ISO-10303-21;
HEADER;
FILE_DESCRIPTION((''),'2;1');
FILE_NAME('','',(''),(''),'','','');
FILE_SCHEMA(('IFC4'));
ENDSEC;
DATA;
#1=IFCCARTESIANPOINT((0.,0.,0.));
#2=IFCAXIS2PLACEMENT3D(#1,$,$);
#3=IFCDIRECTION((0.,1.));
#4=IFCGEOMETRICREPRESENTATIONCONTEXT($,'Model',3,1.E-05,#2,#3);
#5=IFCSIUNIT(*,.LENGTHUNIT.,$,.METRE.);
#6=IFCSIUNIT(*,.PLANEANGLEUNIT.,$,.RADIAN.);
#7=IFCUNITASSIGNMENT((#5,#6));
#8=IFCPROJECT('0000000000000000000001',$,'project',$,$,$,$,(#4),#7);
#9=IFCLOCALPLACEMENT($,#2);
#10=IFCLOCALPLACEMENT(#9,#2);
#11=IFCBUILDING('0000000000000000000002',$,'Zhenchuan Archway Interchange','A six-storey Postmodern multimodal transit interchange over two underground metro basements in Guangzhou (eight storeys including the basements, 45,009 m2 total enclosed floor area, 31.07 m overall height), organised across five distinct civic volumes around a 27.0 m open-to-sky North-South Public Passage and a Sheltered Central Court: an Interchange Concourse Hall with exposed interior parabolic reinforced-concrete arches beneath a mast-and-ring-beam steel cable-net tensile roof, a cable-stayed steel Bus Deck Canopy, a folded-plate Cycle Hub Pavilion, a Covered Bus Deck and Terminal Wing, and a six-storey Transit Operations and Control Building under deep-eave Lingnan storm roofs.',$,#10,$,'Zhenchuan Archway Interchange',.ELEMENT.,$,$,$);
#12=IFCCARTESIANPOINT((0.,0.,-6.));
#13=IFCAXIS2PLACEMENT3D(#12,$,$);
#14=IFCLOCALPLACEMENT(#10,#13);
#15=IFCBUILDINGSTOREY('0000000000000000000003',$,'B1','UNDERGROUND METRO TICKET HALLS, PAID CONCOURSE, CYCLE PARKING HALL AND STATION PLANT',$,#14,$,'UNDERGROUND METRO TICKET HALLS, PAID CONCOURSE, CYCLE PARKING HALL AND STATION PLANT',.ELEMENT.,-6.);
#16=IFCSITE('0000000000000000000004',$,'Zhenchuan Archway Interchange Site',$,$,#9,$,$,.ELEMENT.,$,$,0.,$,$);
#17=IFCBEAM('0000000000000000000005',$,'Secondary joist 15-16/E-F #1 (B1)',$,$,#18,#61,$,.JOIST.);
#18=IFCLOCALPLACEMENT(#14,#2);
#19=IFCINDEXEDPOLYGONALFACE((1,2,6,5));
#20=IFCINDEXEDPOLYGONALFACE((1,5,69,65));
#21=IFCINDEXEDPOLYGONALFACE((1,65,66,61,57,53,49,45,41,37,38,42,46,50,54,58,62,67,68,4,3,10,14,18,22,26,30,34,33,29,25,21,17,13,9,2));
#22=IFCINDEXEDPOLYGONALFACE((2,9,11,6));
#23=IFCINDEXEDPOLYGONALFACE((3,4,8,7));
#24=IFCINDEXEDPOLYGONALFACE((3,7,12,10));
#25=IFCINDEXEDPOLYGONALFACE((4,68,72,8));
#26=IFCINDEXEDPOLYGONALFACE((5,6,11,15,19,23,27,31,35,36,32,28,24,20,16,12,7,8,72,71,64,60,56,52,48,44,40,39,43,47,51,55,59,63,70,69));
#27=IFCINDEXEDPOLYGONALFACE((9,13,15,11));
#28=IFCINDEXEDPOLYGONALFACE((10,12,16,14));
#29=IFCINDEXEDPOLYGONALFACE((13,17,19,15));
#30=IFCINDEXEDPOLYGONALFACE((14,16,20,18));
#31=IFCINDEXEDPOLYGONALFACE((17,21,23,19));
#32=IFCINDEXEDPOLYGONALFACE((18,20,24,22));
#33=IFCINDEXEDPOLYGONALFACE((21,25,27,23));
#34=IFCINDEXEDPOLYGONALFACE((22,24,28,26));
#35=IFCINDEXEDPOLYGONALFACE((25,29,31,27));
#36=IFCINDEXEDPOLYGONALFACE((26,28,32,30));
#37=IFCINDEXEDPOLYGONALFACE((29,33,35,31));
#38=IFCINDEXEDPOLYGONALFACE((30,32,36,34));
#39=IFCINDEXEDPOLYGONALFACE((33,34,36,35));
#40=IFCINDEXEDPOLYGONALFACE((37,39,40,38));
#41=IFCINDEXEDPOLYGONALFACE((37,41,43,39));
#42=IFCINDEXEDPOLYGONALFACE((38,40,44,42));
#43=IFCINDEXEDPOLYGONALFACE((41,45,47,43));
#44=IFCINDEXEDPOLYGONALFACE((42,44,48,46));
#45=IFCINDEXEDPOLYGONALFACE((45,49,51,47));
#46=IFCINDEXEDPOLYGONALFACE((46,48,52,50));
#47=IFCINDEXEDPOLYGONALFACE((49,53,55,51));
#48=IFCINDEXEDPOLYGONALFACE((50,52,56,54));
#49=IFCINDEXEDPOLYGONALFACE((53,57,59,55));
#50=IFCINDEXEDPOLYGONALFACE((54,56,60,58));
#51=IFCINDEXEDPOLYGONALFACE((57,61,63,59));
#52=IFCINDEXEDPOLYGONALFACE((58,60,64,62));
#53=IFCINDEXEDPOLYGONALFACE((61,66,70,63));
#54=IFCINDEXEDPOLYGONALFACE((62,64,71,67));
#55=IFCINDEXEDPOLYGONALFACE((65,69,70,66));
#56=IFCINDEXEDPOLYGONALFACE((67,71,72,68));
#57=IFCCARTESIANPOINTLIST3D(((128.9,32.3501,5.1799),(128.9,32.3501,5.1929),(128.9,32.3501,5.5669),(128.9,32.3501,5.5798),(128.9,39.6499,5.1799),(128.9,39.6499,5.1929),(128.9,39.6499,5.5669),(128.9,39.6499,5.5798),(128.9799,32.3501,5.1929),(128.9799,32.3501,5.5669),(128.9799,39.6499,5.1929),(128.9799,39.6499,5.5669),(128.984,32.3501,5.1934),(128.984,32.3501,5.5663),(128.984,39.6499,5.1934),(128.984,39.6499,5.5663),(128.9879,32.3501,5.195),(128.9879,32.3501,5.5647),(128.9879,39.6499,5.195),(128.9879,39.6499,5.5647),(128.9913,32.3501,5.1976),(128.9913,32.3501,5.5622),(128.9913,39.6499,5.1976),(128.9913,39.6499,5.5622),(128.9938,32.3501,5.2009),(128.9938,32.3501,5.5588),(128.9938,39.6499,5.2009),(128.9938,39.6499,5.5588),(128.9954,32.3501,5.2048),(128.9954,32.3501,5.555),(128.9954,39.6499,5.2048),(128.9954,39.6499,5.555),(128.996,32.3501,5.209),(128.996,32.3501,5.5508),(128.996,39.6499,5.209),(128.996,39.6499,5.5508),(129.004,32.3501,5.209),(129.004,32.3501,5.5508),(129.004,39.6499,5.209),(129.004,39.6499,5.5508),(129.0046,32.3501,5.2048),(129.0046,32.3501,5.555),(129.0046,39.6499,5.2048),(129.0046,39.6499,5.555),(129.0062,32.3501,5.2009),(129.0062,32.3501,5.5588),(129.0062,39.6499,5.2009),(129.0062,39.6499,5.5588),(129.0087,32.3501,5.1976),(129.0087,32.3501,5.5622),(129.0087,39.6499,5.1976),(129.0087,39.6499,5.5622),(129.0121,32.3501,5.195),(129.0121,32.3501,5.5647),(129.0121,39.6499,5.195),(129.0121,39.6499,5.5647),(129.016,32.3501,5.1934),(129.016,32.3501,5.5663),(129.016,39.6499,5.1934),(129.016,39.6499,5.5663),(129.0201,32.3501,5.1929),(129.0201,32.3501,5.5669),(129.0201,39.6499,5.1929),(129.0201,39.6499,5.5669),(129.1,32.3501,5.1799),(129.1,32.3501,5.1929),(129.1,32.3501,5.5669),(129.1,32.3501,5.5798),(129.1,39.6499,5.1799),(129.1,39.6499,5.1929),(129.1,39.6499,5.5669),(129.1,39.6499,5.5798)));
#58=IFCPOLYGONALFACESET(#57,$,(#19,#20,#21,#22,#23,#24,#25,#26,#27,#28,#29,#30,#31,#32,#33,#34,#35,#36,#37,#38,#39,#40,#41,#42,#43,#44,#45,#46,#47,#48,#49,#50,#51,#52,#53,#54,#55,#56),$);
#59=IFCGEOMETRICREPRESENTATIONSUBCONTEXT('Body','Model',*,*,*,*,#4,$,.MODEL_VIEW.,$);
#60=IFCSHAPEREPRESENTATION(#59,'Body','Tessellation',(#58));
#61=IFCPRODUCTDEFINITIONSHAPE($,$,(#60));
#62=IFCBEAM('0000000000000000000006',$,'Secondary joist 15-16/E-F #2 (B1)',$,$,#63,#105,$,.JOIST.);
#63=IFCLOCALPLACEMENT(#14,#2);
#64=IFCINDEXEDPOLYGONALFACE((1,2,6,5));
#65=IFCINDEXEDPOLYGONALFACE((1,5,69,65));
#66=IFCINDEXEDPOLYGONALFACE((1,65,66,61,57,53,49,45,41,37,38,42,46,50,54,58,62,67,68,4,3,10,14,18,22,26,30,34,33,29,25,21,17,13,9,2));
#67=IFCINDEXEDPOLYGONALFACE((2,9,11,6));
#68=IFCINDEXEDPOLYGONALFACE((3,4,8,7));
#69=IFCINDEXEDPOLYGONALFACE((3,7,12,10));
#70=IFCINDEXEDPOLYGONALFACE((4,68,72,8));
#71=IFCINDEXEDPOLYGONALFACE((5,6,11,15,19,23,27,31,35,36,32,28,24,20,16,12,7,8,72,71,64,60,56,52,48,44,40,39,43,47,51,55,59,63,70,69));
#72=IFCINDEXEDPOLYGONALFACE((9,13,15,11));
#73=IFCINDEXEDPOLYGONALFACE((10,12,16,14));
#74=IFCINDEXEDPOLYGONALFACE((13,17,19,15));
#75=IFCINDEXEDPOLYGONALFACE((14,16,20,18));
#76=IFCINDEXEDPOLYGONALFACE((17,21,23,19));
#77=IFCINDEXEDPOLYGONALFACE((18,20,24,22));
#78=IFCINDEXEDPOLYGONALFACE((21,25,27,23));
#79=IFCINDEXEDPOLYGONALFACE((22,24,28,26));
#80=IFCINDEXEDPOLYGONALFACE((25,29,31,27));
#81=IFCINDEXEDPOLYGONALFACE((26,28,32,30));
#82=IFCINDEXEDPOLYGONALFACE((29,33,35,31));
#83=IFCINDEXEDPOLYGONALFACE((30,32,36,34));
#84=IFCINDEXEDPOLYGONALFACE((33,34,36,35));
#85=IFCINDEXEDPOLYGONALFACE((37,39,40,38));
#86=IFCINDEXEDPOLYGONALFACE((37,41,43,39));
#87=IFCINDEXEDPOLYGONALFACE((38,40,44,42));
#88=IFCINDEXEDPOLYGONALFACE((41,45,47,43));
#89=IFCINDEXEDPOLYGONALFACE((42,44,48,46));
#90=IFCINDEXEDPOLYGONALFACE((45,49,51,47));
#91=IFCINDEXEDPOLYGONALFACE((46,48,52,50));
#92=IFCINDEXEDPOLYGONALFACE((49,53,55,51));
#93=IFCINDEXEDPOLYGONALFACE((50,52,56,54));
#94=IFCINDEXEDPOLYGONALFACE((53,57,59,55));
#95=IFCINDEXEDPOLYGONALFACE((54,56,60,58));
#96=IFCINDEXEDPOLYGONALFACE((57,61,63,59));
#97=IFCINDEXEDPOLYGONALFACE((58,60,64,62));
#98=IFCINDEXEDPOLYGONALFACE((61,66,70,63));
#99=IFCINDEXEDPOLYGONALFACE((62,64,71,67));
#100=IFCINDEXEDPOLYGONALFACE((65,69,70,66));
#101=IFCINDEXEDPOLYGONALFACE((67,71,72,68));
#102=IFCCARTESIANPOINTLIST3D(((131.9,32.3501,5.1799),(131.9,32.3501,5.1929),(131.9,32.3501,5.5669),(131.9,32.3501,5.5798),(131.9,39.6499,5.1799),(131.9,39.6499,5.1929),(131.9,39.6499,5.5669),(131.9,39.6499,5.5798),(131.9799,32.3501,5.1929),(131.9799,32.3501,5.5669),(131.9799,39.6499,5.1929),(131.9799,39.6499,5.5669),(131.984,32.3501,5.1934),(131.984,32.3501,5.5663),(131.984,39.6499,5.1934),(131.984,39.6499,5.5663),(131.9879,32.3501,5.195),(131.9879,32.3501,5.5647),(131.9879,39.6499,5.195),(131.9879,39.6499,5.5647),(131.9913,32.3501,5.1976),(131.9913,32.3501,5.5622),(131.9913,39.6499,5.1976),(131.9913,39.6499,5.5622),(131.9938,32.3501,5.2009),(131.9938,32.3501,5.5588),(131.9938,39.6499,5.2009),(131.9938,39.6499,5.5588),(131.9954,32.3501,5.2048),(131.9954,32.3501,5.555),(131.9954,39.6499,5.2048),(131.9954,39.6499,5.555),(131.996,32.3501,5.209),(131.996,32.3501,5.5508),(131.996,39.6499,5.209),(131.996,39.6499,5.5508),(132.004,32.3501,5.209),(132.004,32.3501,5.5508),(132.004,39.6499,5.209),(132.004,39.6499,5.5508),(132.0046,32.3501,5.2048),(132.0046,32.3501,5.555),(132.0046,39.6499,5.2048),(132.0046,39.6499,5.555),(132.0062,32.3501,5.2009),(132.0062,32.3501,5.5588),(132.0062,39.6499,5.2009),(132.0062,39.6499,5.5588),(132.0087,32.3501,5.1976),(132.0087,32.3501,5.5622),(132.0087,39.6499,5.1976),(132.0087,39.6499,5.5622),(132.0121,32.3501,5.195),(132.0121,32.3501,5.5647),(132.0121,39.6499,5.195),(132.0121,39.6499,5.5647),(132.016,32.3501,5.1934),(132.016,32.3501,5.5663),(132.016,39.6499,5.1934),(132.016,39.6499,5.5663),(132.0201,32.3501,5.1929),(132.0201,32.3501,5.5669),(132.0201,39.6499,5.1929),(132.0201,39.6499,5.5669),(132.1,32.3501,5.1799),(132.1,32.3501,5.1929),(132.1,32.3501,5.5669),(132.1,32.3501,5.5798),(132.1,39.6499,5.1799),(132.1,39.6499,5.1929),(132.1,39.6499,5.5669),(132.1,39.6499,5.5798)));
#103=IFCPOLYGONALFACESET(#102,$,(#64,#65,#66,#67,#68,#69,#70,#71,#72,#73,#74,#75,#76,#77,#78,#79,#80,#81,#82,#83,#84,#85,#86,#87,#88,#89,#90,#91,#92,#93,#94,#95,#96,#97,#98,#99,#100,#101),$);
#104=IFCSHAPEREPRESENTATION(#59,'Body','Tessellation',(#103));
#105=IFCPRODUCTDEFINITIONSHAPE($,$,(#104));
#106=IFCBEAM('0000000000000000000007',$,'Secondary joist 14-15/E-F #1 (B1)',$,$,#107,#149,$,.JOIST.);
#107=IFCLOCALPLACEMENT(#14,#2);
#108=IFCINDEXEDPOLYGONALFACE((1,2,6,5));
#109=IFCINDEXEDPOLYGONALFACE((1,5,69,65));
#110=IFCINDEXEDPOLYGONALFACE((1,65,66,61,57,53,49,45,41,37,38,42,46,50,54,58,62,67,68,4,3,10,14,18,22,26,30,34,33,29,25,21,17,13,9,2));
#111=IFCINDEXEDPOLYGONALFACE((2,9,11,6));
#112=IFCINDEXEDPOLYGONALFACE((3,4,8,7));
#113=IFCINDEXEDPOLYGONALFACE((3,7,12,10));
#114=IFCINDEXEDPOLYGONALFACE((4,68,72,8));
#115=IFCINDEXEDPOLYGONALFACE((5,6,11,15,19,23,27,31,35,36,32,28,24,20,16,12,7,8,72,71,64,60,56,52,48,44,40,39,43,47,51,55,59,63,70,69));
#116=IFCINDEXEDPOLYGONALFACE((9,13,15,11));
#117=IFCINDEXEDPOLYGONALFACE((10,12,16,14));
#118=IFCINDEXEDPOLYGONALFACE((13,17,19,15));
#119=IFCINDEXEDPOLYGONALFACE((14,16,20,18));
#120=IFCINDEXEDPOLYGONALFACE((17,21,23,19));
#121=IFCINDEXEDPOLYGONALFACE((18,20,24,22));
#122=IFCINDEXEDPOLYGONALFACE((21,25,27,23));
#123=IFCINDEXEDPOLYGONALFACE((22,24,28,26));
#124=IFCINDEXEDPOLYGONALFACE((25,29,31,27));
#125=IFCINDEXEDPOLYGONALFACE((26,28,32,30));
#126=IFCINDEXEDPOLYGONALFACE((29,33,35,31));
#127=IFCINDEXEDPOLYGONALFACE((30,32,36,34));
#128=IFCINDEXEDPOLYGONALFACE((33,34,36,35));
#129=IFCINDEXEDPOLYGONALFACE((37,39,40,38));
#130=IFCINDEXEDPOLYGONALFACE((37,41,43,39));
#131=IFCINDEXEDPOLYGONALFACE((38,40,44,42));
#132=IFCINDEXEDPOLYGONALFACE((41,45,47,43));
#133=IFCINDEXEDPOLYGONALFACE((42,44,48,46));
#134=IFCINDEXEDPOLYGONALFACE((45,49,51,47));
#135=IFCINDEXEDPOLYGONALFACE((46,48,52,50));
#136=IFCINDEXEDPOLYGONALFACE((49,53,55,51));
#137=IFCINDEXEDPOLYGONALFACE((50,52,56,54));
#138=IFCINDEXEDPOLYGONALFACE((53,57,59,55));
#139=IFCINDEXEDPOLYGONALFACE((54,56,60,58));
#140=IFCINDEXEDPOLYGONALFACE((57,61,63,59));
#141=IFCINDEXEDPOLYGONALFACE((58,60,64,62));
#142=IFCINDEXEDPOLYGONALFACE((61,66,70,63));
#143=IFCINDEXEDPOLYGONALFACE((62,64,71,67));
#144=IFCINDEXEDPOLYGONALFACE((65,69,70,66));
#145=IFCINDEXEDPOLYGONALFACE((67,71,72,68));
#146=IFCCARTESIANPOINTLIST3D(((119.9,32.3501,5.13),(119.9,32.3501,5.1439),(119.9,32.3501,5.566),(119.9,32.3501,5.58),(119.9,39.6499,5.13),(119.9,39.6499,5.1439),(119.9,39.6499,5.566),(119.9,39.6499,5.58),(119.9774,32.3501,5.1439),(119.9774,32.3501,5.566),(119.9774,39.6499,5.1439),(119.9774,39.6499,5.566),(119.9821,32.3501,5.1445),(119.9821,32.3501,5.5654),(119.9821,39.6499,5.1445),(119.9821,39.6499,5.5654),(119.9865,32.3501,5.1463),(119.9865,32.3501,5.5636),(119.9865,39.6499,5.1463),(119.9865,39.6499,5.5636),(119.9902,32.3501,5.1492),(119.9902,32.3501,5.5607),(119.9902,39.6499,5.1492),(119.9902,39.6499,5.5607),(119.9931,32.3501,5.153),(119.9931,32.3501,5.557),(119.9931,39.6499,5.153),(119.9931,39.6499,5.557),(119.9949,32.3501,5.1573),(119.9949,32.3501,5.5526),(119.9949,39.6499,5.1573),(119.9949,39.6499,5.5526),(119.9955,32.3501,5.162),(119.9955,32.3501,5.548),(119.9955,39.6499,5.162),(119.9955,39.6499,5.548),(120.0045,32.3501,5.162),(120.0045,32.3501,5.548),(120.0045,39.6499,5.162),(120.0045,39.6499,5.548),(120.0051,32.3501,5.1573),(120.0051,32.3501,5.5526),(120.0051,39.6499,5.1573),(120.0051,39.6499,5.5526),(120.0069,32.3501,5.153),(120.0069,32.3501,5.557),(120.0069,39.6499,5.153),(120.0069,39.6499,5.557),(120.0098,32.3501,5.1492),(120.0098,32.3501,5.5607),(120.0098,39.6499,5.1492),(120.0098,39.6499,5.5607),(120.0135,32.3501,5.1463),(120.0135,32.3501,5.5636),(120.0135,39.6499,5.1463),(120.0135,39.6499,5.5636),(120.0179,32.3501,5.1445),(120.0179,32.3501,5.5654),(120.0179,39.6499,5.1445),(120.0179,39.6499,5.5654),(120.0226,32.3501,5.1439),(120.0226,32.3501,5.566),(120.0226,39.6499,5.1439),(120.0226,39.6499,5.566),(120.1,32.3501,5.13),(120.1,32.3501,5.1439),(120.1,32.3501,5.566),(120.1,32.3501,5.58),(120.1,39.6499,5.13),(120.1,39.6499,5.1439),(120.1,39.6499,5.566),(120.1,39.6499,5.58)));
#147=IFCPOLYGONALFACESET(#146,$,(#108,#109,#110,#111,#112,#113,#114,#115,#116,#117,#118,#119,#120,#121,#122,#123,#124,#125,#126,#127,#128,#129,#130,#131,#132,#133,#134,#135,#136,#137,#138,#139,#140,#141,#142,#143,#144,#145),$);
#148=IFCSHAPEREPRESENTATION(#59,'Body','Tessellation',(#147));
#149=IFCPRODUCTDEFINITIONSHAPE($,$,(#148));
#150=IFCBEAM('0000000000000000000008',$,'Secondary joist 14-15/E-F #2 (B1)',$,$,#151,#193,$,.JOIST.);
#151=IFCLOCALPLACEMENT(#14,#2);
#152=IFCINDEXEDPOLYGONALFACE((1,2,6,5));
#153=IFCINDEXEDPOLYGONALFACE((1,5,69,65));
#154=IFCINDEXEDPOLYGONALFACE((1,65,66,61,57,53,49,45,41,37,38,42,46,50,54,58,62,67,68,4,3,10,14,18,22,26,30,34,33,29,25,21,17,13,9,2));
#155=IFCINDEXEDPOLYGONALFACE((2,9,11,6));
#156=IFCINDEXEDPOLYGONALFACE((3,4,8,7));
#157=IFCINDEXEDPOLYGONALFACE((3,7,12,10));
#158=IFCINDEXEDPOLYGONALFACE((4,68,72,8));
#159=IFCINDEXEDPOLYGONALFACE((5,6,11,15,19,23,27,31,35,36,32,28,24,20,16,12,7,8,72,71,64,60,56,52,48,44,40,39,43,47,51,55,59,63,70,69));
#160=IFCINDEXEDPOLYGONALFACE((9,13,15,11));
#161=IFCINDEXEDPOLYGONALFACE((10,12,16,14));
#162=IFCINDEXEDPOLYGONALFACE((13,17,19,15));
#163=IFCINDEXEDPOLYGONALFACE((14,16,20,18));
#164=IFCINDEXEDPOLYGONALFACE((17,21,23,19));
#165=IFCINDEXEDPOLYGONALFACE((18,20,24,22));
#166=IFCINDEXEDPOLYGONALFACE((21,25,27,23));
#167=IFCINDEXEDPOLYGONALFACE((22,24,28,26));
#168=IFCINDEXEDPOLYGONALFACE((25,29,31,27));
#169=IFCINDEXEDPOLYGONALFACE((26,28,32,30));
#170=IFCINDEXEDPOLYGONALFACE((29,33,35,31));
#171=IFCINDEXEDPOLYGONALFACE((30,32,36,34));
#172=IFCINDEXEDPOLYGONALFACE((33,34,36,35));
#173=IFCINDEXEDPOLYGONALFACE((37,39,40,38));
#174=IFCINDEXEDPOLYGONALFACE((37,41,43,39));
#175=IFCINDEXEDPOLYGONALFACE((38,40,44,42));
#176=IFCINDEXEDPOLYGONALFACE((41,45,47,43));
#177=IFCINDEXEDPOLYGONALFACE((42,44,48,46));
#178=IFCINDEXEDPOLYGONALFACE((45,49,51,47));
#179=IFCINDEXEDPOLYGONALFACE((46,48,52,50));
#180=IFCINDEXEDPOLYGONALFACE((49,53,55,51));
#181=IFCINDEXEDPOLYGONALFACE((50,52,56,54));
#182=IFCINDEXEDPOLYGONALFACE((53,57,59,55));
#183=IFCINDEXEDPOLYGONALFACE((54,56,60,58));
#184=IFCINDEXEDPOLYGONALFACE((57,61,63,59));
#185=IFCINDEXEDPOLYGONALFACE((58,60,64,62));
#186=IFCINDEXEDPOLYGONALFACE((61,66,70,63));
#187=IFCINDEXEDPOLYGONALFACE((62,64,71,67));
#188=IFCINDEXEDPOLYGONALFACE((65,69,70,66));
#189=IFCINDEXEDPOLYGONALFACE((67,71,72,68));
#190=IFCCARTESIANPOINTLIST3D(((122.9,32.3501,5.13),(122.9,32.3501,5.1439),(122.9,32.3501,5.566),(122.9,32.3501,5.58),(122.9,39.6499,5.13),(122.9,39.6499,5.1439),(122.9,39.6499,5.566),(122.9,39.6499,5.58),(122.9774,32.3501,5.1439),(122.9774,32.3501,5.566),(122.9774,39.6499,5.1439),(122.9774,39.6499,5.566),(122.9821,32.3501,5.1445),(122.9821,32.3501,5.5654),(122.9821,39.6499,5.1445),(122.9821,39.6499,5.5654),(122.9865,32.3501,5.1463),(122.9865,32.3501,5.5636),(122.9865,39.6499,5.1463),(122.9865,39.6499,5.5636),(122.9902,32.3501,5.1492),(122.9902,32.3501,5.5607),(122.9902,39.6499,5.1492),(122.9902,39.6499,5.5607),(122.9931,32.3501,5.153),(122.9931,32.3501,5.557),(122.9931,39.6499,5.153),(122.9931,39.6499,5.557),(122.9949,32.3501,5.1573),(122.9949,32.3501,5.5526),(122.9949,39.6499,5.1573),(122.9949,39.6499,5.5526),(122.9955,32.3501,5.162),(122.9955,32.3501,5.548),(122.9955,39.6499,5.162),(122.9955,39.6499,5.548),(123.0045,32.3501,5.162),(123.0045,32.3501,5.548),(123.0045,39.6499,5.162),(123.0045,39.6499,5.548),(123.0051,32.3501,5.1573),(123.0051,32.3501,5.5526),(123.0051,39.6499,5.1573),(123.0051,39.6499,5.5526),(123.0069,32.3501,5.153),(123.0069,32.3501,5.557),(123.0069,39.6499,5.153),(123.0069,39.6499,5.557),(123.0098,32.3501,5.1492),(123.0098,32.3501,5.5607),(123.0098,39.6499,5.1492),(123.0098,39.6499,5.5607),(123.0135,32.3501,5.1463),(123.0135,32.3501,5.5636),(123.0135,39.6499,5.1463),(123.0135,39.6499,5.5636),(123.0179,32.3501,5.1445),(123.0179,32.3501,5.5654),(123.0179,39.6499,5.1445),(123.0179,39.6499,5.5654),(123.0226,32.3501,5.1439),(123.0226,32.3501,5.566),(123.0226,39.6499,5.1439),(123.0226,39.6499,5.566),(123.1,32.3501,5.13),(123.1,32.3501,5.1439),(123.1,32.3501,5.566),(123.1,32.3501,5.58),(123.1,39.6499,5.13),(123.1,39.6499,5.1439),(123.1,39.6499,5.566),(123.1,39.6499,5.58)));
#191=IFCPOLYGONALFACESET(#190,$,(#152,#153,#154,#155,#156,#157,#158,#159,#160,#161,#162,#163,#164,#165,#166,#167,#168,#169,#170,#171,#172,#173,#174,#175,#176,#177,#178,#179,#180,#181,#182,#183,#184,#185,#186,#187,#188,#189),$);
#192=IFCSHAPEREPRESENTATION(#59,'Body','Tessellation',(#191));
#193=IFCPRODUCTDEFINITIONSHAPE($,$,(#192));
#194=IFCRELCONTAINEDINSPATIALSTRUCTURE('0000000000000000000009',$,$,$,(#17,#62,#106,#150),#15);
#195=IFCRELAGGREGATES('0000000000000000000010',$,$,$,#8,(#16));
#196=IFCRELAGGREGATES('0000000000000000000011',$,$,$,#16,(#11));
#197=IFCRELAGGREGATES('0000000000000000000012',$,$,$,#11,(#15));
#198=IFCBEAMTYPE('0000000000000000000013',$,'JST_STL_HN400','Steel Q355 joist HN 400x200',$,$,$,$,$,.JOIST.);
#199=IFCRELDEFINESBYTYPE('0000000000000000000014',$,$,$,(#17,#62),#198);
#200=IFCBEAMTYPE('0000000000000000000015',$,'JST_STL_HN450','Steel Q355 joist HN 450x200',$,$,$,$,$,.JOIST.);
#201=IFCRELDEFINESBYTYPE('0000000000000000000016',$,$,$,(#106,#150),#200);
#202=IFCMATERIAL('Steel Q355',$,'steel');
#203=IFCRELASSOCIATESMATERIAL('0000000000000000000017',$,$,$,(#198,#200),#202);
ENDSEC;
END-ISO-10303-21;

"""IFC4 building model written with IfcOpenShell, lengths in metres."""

from ifc_helpers import new_model, si_unit, direction, frame, origin, origin_2d, place, context, subcontext, project, spatial, i_section, extrude, material, material_profile, profile_set, type_object, element, save


model = new_model("IFC4")

# Units and contexts
model_context = context("Model", 3, precision=1e-05, world=origin(), true_north=direction((0.0, 1.0)))
body_context = subcontext(model_context, "Body", "Model", "MODEL_VIEW")
ifc_project = project(units=[si_unit("LENGTHUNIT", "METRE"), si_unit("PLANEANGLEUNIT", "RADIAN")], contexts=[model_context])

# Site, building, storey
site_placement = place(None, origin())
site = spatial("IfcSite", under=ifc_project, at=site_placement, Name="Zhenchuan Archway Interchange Site", CompositionType="ELEMENT", RefElevation=0.0)
building_placement = place(site_placement, origin())
building = spatial("IfcBuilding", under=site, at=building_placement, Name="Zhenchuan Archway Interchange", Description="A six-storey Postmodern multimodal transit interchange over two underground metro basements in Guangzhou (eight storeys including the basements, 45,009 m2 total enclosed floor area, 31.07 m overall height), organised across five distinct civic volumes around a 27.0 m open-to-sky North-South Public Passage and a Sheltered Central Court: an Interchange Concourse Hall with exposed interior parabolic reinforced-concrete arches beneath a mast-and-ring-beam steel cable-net tensile roof, a cable-stayed steel Bus Deck Canopy, a folded-plate Cycle Hub Pavilion, a Covered Bus Deck and Terminal Wing, and a six-storey Transit Operations and Control Building under deep-eave Lingnan storm roofs.", LongName="Zhenchuan Archway Interchange", CompositionType="ELEMENT")
storey_placement = place(building_placement, frame((0.0, 0.0, -6.0)))
storey = spatial("IfcBuildingStorey", under=building, at=storey_placement, Name="B1", Description="UNDERGROUND METRO TICKET HALLS, PAID CONCOURSE, CYCLE PARKING HALL AND STATION PLANT", LongName="UNDERGROUND METRO TICKET HALLS, PAID CONCOURSE, CYCLE PARKING HALL AND STATION PLANT", CompositionType="ELEMENT", Elevation=-6.0)

# Beams
ifc_material_1 = material(Name="Steel Q355", Category="steel")
ifc_material_profile_1 = material_profile(ifc_material_1, i_section(OverallWidth=0.2, OverallDepth=0.3999, WebThickness=0.0081, FlangeThickness=0.0129, FilletRadius=0.0161, at=origin_2d()), Name="HN 400x200")
ifc_profile_set_1 = profile_set([ifc_material_profile_1], Name="Steel Q355")
beam_type_1 = type_object("IfcBeamType", Name="JST_STL_HN400", Description="Steel Q355 joist HN 400x200", PredefinedType="JOIST", material=ifc_profile_set_1)
for number, where, z_axis, x_axis, name in (
    (1, (129.0, 32.3501, 5.3799), (0.0, 1.0, 0.0), (-1.0, 0.0, 0.0), "Secondary joist 15-16/E-F #1 (B1)"),
    (2, (132.0, 32.3501, 5.3799), (0.0, 1.0, 0.0), (-1.0, 0.0, 0.0), "Secondary joist 15-16/E-F #2 (B1)"),
):
    element("IfcBeam", number, at=place(storey_placement, frame(where, z_axis=z_axis, x_axis=x_axis)), inside=storey, type_object=beam_type_1, Name=name, PredefinedType="JOIST", context=body_context, shape_type="SweptSolid", body=[
        extrude(i_section(OverallWidth=0.2, OverallDepth=0.3999, WebThickness=0.0081, FlangeThickness=0.0129, FilletRadius=0.0161, at=origin_2d()), origin(), (0.0, 0.0, 1.0), 7.2998),
    ])
ifc_material_profile_2 = material_profile(ifc_material_1, i_section(OverallWidth=0.2, OverallDepth=0.45, WebThickness=0.009, FlangeThickness=0.0139, FilletRadius=0.0181, at=origin_2d()), Name="HN 450x200")
ifc_profile_set_2 = profile_set([ifc_material_profile_2], Name="Steel Q355")
beam_type_2 = type_object("IfcBeamType", Name="JST_STL_HN450", Description="Steel Q355 joist HN 450x200", PredefinedType="JOIST", material=ifc_profile_set_2)
for number, where, z_axis, x_axis, name in (
    (3, (120.0, 32.3501, 5.355), (0.0, 1.0, 0.0), (-1.0, 0.0, 0.0), "Secondary joist 14-15/E-F #1 (B1)"),
    (4, (123.0, 32.3501, 5.355), (0.0, 1.0, 0.0), (-1.0, 0.0, 0.0), "Secondary joist 14-15/E-F #2 (B1)"),
):
    element("IfcBeam", number, at=place(storey_placement, frame(where, z_axis=z_axis, x_axis=x_axis)), inside=storey, type_object=beam_type_2, Name=name, PredefinedType="JOIST", context=body_context, shape_type="SweptSolid", body=[
        extrude(i_section(OverallWidth=0.2, OverallDepth=0.45, WebThickness=0.009, FlangeThickness=0.0139, FilletRadius=0.0181, at=origin_2d()), origin(), (0.0, 0.0, 1.0), 7.2998),
    ])

save(model, "model.ifc")
